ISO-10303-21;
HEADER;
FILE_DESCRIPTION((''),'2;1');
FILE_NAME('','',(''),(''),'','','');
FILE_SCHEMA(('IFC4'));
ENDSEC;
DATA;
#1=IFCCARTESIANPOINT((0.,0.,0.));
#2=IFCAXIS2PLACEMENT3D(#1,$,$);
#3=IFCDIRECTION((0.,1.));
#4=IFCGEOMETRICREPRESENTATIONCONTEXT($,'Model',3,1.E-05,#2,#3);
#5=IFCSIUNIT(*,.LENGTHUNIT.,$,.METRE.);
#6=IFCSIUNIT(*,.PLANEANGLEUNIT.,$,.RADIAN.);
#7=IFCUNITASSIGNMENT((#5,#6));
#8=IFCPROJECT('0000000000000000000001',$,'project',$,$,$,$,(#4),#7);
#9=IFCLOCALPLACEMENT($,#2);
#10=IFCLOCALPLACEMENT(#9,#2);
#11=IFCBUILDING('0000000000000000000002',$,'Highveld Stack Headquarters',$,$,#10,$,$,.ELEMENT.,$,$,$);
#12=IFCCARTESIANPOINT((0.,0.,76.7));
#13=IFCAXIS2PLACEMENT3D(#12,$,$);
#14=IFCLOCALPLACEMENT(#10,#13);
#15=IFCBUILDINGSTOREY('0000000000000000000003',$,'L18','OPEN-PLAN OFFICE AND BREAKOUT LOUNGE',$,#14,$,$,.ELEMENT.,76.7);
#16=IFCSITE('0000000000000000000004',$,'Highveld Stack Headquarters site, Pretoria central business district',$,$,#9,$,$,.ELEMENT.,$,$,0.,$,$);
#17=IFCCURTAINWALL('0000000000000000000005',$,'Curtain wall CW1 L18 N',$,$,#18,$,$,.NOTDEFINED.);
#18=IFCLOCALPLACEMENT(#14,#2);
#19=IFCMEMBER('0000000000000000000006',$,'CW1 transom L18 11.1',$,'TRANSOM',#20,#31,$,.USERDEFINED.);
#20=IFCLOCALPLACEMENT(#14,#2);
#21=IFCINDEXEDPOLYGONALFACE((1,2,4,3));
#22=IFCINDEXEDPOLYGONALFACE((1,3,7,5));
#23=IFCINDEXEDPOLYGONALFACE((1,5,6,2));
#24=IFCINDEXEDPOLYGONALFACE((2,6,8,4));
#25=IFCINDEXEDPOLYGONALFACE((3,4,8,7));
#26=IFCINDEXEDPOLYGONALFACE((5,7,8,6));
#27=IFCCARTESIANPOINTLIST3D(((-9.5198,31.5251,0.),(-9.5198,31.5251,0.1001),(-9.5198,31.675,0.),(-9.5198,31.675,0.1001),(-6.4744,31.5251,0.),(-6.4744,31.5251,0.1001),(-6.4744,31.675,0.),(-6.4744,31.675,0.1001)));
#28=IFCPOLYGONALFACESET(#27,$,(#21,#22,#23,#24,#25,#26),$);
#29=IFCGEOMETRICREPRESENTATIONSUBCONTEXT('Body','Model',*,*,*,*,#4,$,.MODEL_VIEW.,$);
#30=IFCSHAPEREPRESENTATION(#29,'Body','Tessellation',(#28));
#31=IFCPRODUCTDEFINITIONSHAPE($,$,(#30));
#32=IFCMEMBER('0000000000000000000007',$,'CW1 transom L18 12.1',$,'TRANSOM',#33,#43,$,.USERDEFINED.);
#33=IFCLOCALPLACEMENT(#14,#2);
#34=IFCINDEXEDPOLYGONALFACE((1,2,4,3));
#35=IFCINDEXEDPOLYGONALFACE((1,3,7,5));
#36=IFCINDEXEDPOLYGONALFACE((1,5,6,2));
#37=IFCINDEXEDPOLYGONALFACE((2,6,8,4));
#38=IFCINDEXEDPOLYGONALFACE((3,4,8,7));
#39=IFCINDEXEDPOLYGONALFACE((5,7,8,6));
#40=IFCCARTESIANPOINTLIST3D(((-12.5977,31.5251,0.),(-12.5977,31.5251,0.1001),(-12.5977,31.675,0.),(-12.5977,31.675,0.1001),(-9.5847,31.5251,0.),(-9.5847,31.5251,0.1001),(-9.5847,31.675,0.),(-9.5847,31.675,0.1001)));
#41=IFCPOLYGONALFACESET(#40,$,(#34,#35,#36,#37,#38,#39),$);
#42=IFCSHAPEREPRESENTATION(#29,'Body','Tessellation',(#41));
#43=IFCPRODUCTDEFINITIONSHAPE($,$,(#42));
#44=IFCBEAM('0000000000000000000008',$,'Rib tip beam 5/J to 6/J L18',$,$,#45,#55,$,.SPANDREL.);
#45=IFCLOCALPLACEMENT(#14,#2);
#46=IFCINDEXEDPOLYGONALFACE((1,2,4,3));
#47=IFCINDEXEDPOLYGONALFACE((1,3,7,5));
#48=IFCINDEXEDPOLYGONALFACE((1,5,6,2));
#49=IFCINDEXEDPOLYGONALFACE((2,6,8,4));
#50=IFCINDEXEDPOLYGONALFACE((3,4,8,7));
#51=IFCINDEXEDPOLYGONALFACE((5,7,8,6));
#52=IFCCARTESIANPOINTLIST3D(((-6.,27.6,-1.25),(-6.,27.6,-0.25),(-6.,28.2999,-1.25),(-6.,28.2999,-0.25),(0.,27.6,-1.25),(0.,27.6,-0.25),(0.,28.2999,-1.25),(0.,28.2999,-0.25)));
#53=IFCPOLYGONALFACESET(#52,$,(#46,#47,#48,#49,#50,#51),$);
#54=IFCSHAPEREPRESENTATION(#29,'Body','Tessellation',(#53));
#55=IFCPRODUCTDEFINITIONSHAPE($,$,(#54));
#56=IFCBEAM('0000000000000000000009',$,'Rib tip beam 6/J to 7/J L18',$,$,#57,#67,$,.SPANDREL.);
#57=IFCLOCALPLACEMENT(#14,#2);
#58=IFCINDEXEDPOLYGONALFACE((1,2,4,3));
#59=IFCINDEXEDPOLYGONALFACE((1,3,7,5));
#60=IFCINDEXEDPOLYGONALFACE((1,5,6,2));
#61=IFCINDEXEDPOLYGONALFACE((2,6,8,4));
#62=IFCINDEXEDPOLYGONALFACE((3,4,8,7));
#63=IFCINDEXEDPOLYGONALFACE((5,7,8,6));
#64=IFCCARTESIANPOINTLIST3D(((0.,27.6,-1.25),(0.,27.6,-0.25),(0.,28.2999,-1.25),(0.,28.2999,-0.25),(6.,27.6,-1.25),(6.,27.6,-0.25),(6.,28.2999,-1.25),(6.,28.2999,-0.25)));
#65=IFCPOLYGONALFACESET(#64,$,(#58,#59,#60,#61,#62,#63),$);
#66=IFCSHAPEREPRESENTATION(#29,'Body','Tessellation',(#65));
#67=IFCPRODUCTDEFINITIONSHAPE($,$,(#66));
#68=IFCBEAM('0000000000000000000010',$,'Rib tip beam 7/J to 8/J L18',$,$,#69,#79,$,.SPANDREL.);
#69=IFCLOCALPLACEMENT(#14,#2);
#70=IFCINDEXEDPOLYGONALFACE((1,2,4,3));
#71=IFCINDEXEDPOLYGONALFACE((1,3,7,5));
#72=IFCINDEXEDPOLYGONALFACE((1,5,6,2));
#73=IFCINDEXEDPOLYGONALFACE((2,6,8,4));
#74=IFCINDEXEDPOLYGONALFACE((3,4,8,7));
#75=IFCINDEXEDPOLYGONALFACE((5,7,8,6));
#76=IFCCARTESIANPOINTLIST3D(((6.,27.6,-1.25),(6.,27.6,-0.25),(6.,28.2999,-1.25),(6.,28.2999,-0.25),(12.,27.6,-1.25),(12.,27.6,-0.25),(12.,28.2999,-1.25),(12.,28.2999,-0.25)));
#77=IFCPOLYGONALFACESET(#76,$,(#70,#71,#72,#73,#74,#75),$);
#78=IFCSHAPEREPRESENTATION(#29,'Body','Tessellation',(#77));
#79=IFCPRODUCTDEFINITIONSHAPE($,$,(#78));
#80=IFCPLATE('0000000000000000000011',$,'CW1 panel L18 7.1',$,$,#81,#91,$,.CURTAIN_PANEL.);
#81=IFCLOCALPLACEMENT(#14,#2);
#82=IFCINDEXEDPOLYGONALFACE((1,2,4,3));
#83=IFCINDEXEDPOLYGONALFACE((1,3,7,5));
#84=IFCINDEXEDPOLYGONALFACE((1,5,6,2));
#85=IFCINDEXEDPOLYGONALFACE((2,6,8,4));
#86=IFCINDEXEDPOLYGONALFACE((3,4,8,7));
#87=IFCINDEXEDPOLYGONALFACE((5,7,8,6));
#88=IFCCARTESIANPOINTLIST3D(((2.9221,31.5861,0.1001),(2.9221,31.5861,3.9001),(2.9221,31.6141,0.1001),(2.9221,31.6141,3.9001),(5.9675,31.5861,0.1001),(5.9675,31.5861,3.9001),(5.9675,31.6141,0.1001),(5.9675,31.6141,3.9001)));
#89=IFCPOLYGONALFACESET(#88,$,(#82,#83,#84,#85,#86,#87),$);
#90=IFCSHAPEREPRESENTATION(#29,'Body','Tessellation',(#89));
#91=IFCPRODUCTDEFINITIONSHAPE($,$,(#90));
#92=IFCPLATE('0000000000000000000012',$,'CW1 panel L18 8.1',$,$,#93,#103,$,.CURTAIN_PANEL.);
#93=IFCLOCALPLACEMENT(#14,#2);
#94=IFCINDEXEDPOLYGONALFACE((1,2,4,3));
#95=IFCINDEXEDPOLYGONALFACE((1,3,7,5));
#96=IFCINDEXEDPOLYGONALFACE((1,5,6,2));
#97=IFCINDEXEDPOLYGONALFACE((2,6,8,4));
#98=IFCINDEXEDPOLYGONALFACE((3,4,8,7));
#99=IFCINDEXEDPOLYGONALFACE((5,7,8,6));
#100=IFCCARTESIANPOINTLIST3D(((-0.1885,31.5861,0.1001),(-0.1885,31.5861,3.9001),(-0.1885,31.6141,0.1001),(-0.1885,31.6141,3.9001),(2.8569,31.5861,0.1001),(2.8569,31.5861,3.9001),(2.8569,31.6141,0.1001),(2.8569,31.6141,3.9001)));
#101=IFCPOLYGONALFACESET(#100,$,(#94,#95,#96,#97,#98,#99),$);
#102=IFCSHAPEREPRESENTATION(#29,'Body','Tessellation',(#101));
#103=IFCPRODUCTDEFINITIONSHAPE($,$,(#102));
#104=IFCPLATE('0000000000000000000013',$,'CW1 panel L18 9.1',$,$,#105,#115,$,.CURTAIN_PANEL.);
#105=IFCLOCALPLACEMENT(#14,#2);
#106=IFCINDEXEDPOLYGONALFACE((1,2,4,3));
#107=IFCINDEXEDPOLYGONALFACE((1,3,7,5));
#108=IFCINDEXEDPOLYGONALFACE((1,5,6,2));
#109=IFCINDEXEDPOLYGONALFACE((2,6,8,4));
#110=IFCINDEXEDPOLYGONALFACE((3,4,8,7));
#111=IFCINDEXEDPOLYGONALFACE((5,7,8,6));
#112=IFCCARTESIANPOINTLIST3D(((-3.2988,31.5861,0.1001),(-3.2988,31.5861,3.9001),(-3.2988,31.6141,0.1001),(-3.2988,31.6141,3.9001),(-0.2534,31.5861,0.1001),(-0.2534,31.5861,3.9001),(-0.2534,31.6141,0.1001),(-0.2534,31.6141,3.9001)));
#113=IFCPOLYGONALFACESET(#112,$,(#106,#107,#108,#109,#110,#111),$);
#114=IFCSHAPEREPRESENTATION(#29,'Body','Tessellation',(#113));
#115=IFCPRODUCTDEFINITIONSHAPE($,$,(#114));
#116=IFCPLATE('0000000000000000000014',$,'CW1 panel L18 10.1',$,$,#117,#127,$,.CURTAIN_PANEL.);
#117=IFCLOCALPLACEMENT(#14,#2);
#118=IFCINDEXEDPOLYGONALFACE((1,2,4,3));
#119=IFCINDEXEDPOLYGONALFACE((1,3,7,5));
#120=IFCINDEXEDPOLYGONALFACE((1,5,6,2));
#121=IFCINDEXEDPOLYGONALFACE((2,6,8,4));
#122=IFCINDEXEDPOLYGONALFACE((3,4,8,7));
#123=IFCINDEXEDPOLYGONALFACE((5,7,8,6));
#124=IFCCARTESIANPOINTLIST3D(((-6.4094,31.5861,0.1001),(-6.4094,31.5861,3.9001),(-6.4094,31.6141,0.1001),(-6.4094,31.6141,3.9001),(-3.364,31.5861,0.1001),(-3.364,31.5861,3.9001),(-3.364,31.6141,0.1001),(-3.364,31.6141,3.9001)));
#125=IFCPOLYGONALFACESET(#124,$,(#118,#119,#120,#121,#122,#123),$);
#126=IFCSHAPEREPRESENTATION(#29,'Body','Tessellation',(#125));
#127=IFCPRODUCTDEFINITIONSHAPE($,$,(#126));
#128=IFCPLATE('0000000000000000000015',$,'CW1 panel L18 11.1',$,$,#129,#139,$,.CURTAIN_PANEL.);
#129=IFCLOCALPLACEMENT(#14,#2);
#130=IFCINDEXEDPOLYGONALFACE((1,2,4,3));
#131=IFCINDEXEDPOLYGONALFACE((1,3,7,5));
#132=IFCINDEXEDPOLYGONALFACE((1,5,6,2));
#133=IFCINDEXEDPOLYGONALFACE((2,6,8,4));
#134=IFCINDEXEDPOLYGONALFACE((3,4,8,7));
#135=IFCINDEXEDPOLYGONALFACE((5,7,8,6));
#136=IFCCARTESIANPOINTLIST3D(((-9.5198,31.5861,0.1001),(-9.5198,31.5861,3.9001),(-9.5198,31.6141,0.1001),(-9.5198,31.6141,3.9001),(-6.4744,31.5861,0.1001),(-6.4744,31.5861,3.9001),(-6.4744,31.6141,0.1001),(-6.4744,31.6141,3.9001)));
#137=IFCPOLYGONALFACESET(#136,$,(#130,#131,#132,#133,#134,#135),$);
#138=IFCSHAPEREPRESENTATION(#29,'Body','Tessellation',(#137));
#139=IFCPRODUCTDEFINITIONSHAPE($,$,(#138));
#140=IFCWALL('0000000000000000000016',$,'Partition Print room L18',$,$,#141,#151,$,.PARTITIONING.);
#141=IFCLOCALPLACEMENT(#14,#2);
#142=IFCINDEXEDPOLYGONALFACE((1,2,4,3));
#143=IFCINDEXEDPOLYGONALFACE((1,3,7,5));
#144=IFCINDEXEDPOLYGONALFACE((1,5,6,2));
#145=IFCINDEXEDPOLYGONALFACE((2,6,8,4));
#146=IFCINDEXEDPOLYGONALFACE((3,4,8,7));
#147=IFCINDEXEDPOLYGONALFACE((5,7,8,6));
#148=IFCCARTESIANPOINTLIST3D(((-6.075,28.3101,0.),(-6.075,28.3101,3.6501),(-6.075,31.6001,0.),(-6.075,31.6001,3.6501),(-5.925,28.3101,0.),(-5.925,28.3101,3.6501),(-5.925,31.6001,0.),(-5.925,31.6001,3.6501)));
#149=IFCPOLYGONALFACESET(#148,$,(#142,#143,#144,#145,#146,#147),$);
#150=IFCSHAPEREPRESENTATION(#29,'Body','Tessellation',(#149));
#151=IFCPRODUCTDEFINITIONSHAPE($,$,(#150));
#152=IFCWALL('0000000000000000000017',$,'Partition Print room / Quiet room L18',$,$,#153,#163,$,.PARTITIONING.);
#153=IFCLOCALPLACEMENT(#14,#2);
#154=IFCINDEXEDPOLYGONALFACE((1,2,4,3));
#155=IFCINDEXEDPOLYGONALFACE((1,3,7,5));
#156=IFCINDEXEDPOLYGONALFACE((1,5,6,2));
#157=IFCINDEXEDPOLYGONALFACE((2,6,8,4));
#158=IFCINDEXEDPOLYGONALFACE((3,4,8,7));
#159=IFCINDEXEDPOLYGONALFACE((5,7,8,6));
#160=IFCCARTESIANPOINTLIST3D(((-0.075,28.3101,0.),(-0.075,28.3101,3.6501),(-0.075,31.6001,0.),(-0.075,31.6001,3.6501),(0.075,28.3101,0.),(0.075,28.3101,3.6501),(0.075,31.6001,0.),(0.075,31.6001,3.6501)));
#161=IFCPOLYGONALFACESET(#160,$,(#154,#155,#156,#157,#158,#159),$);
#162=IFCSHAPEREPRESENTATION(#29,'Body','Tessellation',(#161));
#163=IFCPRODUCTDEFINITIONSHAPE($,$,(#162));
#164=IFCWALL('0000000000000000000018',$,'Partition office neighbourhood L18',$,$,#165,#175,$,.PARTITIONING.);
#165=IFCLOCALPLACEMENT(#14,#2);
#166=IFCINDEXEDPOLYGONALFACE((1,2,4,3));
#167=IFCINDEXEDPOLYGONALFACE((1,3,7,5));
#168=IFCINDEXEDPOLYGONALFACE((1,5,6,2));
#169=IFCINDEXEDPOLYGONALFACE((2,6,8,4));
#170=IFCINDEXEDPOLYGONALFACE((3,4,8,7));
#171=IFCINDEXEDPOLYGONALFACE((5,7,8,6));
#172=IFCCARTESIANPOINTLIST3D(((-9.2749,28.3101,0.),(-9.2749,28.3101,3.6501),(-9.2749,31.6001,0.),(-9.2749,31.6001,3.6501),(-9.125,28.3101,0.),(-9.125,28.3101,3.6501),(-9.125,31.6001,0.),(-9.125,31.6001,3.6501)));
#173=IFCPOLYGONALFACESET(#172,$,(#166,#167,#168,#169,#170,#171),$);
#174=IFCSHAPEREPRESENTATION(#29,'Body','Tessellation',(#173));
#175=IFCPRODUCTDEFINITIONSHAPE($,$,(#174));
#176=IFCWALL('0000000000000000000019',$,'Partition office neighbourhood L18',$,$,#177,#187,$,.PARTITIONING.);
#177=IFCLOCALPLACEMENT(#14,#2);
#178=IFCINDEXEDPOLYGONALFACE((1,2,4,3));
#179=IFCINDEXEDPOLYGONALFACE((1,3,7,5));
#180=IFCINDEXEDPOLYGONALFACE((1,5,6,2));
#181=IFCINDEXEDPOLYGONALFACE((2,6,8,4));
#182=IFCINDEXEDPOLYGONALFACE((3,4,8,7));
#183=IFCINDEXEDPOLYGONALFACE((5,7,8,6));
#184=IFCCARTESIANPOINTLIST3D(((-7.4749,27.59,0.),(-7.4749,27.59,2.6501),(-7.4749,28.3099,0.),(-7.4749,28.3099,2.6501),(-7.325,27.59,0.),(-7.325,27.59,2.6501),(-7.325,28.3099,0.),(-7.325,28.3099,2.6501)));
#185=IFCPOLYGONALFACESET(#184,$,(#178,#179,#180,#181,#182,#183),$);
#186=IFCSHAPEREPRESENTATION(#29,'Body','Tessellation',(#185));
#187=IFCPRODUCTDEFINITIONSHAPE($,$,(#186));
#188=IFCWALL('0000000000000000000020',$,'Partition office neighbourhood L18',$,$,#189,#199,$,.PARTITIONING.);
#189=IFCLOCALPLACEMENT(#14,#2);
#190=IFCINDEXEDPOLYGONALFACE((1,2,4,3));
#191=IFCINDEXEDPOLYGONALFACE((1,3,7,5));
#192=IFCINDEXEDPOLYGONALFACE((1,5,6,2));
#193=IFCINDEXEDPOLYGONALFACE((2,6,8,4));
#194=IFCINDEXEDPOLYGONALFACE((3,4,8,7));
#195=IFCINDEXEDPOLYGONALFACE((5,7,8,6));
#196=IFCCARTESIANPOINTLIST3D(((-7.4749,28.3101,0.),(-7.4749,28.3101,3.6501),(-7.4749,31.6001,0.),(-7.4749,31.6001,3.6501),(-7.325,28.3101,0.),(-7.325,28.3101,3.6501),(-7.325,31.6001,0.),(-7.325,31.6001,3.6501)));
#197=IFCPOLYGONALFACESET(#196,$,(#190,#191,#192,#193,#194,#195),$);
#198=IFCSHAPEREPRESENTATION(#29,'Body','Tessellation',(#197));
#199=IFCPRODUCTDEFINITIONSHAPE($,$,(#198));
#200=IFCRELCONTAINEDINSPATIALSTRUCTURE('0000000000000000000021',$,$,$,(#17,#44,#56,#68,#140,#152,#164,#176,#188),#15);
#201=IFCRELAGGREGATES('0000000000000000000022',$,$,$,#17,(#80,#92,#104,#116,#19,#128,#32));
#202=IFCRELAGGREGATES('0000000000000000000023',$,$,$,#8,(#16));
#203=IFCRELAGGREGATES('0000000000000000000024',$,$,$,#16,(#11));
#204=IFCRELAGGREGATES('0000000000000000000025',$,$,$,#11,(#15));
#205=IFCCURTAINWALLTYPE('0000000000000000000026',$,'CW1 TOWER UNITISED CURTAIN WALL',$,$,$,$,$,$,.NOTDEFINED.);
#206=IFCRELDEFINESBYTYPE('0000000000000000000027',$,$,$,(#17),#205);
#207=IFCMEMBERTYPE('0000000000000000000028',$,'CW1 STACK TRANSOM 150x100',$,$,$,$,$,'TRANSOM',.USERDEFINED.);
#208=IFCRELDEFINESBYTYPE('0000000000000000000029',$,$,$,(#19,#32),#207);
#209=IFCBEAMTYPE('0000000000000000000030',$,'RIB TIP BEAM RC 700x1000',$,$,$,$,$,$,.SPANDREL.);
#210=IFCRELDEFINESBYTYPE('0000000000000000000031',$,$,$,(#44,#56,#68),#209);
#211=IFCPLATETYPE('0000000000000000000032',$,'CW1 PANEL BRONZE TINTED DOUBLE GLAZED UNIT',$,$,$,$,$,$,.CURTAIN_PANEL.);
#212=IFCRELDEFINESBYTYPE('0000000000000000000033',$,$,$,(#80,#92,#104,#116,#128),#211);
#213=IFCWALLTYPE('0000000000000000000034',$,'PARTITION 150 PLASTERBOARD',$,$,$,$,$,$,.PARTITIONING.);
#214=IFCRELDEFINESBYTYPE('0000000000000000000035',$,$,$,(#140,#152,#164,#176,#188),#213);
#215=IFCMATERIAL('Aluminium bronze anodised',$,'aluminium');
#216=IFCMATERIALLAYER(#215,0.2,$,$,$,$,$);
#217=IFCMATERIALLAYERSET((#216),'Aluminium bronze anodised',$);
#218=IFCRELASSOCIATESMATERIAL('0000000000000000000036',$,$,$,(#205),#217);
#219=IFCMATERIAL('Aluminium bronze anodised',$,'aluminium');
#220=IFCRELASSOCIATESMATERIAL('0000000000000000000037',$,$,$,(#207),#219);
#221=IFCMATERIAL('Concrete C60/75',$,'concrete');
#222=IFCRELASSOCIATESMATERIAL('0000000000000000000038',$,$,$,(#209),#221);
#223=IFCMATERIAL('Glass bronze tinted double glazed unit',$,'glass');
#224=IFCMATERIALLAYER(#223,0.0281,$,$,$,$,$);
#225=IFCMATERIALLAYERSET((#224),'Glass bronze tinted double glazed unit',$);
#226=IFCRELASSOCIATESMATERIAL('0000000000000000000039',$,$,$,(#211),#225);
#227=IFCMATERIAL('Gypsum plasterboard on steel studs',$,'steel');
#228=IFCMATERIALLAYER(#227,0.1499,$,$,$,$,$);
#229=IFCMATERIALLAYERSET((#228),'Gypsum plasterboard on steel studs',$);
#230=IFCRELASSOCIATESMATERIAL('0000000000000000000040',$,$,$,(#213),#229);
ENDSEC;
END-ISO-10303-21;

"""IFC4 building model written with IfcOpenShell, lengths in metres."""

from ifc_helpers import new_model, si_unit, direction, frame, frame_2d, origin, origin_2d, place, context, subcontext, project, spatial, rectangle, extrude, material, layer, layer_set, material_profile, profile_set, type_object, element, aggregate, save


model = new_model("IFC4")

# Units and contexts
model_context = context("Model", 3, precision=1e-05, world=origin(), true_north=direction((0.0, 1.0)))
body_context = subcontext(model_context, "Body", "Model", "MODEL_VIEW")
ifc_project = project(units=[si_unit("LENGTHUNIT", "METRE"), si_unit("PLANEANGLEUNIT", "RADIAN")], contexts=[model_context])

# Site, building, storey
site_placement = place(None, origin())
site = spatial("IfcSite", under=ifc_project, at=site_placement, Name="Highveld Stack Headquarters site, Pretoria central business district", CompositionType="ELEMENT", RefElevation=0.0)
building_placement = place(site_placement, origin())
building = spatial("IfcBuilding", under=site, at=building_placement, Name="Highveld Stack Headquarters", CompositionType="ELEMENT")
storey_placement = place(building_placement, frame((0.0, 0.0, 76.7)))
storey = spatial("IfcBuildingStorey", under=building, at=storey_placement, Name="L18", Description="OPEN-PLAN OFFICE AND BREAKOUT LOUNGE", CompositionType="ELEMENT", Elevation=76.7)

# Curtain wall, members
ifc_material_1 = material(Name="Aluminium bronze anodised", Category="aluminium")
ifc_layer_1 = layer(ifc_material_1, 0.2)
ifc_layer_set_1 = layer_set([ifc_layer_1], Name="Aluminium bronze anodised")
curtain_wall_type = type_object("IfcCurtainWallType", Name="CW1 TOWER UNITISED CURTAIN WALL", PredefinedType="NOTDEFINED", material=ifc_layer_set_1)
curtain_wall_placement = place(storey_placement, origin())
curtain_wall = element("IfcCurtainWall", 1, at=curtain_wall_placement, inside=storey, type_object=curtain_wall_type, Name="Curtain wall CW1 L18 N", PredefinedType="NOTDEFINED")
ifc_material_2 = material(Name="Aluminium bronze anodised", Category="aluminium")
ifc_material_profile_1 = material_profile(ifc_material_2, rectangle(XDim=0.1499, YDim=0.1001, at=origin_2d()), Name="CW1 TRANSOM 150x100")
ifc_profile_set_1 = profile_set([ifc_material_profile_1], Name="Aluminium bronze anodised")
member_type_1 = type_object("IfcMemberType", Name="CW1 STACK TRANSOM 150x100", ElementType="TRANSOM", PredefinedType="USERDEFINED", material=ifc_profile_set_1)
member_1_placement = place(storey_placement, frame((-6.4744, 31.6001, 0.05), z_axis=(-1.0, 0.0, 0.0), x_axis=(0.0, -1.0, 0.0)))
member_1 = element("IfcMember", 2, at=member_1_placement, type_object=member_type_1, Name="CW1 transom L18 11.1", ObjectType="TRANSOM", PredefinedType="USERDEFINED", context=body_context, shape_type="SweptSolid", body=[
    extrude(rectangle(XDim=0.1499, YDim=0.1001, at=origin_2d()), origin(), (0.0, 0.0, 1.0), 3.0454),
])
member_2_placement = place(storey_placement, frame((-9.5847, 31.6001, 0.05), z_axis=(-1.0, 0.0, 0.0), x_axis=(0.0, -1.0, 0.0)))
member_2 = element("IfcMember", 3, at=member_2_placement, type_object=member_type_1, Name="CW1 transom L18 12.1", ObjectType="TRANSOM", PredefinedType="USERDEFINED", context=body_context, shape_type="SweptSolid", body=[
    extrude(rectangle(XDim=0.1499, YDim=0.1001, at=origin_2d()), origin(), (0.0, 0.0, 1.0), 3.0129),
])

# Beams
ifc_material_3 = material(Name="Concrete C60/75", Category="concrete")
ifc_material_profile_2 = material_profile(ifc_material_3, rectangle(XDim=0.7, YDim=1.0, at=origin_2d()), Name="RC 700x1000")
ifc_profile_set_2 = profile_set([ifc_material_profile_2], Name="Concrete C60/75")
beam_type = type_object("IfcBeamType", Name="RIB TIP BEAM RC 700x1000", PredefinedType="SPANDREL", material=ifc_profile_set_2)
for number, where, z_axis, x_axis, name in (
    (4, (-6.0, 27.95, -0.75), (1.0, 0.0, 0.0), (0.0, 1.0, 0.0), "Rib tip beam 5/J to 6/J L18"),
    (5, (0.0, 27.95, -0.75), (1.0, 0.0, 0.0), (0.0, 1.0, 0.0), "Rib tip beam 6/J to 7/J L18"),
    (6, (6.0, 27.95, -0.75), (1.0, 0.0, 0.0), (0.0, 1.0, 0.0), "Rib tip beam 7/J to 8/J L18"),
):
    element("IfcBeam", number, at=place(storey_placement, frame(where, z_axis=z_axis, x_axis=x_axis)), inside=storey, type_object=beam_type, Name=name, PredefinedType="SPANDREL", context=body_context, shape_type="SweptSolid", body=[
        extrude(rectangle(XDim=0.7, YDim=1.0, at=origin_2d()), origin(), (0.0, 0.0, 1.0), 6.0),
    ])

# Plates
ifc_material_4 = material(Name="Glass bronze tinted double glazed unit", Category="glass")
ifc_layer_2 = layer(ifc_material_4, 0.0281)
ifc_layer_set_2 = layer_set([ifc_layer_2], Name="Glass bronze tinted double glazed unit")
plate_type = type_object("IfcPlateType", Name="CW1 PANEL BRONZE TINTED DOUBLE GLAZED UNIT", PredefinedType="CURTAIN_PANEL", material=ifc_layer_set_2)
plate_1_placement = place(storey_placement, frame((4.4448, 31.6001, 0.1001), z_axis=(0.0, 0.0, 1.0), x_axis=(-1.0, 0.0, 0.0)))
plate_1 = element("IfcPlate", 7, at=plate_1_placement, type_object=plate_type, Name="CW1 panel L18 7.1", PredefinedType="CURTAIN_PANEL", context=body_context, shape_type="SweptSolid", body=[
    extrude(rectangle(XDim=3.0454, YDim=0.0281, at=origin_2d()), origin(), (0.0, 0.0, 1.0), 3.8),
])
plate_2_placement = place(storey_placement, frame((1.3342, 31.6001, 0.1001), z_axis=(0.0, 0.0, 1.0), x_axis=(-1.0, 0.0, 0.0)))
plate_2 = element("IfcPlate", 8, at=plate_2_placement, type_object=plate_type, Name="CW1 panel L18 8.1", PredefinedType="CURTAIN_PANEL", context=body_context, shape_type="SweptSolid", body=[
    extrude(rectangle(XDim=3.0454, YDim=0.0281, at=origin_2d()), origin(), (0.0, 0.0, 1.0), 3.8),
])
plate_3_placement = place(storey_placement, frame((-1.7761, 31.6001, 0.1001), z_axis=(0.0, 0.0, 1.0), x_axis=(-1.0, 0.0, 0.0)))
plate_3 = element("IfcPlate", 9, at=plate_3_placement, type_object=plate_type, Name="CW1 panel L18 9.1", PredefinedType="CURTAIN_PANEL", context=body_context, shape_type="SweptSolid", body=[
    extrude(rectangle(XDim=3.0454, YDim=0.0281, at=origin_2d()), origin(), (0.0, 0.0, 1.0), 3.8),
])
plate_4_placement = place(storey_placement, frame((-4.8867, 31.6001, 0.1001), z_axis=(0.0, 0.0, 1.0), x_axis=(-1.0, 0.0, 0.0)))
plate_4 = element("IfcPlate", 10, at=plate_4_placement, type_object=plate_type, Name="CW1 panel L18 10.1", PredefinedType="CURTAIN_PANEL", context=body_context, shape_type="SweptSolid", body=[
    extrude(rectangle(XDim=3.0454, YDim=0.0281, at=origin_2d()), origin(), (0.0, 0.0, 1.0), 3.8),
])
plate_5_placement = place(storey_placement, frame((-7.9971, 31.6001, 0.1001), z_axis=(0.0, 0.0, 1.0), x_axis=(-1.0, 0.0, 0.0)))
plate_5 = element("IfcPlate", 11, at=plate_5_placement, type_object=plate_type, Name="CW1 panel L18 11.1", PredefinedType="CURTAIN_PANEL", context=body_context, shape_type="SweptSolid", body=[
    extrude(rectangle(XDim=3.0454, YDim=0.0281, at=origin_2d()), origin(), (0.0, 0.0, 1.0), 3.8),
])
aggregate(curtain_wall, [plate_1, plate_2, plate_3, plate_4, member_1, plate_5, member_2])

# Walls
ifc_material_5 = material(Name="Gypsum plasterboard on steel studs", Category="steel")
ifc_layer_3 = layer(ifc_material_5, 0.1499)
ifc_layer_set_3 = layer_set([ifc_layer_3], Name="Gypsum plasterboard on steel studs")
wall_type = type_object("IfcWallType", Name="PARTITION 150 PLASTERBOARD", PredefinedType="PARTITIONING", material=ifc_layer_set_3)
for number, where, z_axis, x_axis, name in (
    (12, (-6.0, 28.3101, 0.0), (0.0, 0.0, 1.0), (0.0, 1.0, 0.0), "Partition Print room L18"),
    (13, (0.0, 28.3101, 0.0), (0.0, 0.0, 1.0), (0.0, 1.0, 0.0), "Partition Print room / Quiet room L18"),
    (14, (-9.2, 28.3101, 0.0), (0.0, 0.0, 1.0), (0.0, 1.0, 0.0), "Partition office neighbourhood L18"),
):
    element("IfcWall", number, at=place(storey_placement, frame(where, z_axis=z_axis, x_axis=x_axis)), inside=storey, type_object=wall_type, Name=name, PredefinedType="PARTITIONING", context=body_context, shape_type="SweptSolid", body=[
        extrude(rectangle(XDim=3.29, YDim=0.1499, at=frame_2d((1.645, 0.0))), origin(), (0.0, 0.0, 1.0), 3.6501),
    ])
wall_1_placement = place(storey_placement, frame((-7.3999, 27.5901, 0.0), z_axis=(0.0, 0.0, 1.0), x_axis=(0.0, 1.0, 0.0)))
element("IfcWall", 15, at=wall_1_placement, inside=storey, type_object=wall_type, Name="Partition office neighbourhood L18", PredefinedType="PARTITIONING", context=body_context, shape_type="SweptSolid", body=[
    extrude(rectangle(XDim=0.72, YDim=0.1499, at=frame_2d((0.3599, 0.0))), origin(), (0.0, 0.0, 1.0), 2.6501),
])
wall_2_placement = place(storey_placement, frame((-7.3999, 28.3101, 0.0), z_axis=(0.0, 0.0, 1.0), x_axis=(0.0, 1.0, 0.0)))
element("IfcWall", 16, at=wall_2_placement, inside=storey, type_object=wall_type, Name="Partition office neighbourhood L18", PredefinedType="PARTITIONING", context=body_context, shape_type="SweptSolid", body=[
    extrude(rectangle(XDim=3.29, YDim=0.1499, at=frame_2d((1.645, 0.0))), origin(), (0.0, 0.0, 1.0), 3.6501),
])

save(model, "model.ifc")
